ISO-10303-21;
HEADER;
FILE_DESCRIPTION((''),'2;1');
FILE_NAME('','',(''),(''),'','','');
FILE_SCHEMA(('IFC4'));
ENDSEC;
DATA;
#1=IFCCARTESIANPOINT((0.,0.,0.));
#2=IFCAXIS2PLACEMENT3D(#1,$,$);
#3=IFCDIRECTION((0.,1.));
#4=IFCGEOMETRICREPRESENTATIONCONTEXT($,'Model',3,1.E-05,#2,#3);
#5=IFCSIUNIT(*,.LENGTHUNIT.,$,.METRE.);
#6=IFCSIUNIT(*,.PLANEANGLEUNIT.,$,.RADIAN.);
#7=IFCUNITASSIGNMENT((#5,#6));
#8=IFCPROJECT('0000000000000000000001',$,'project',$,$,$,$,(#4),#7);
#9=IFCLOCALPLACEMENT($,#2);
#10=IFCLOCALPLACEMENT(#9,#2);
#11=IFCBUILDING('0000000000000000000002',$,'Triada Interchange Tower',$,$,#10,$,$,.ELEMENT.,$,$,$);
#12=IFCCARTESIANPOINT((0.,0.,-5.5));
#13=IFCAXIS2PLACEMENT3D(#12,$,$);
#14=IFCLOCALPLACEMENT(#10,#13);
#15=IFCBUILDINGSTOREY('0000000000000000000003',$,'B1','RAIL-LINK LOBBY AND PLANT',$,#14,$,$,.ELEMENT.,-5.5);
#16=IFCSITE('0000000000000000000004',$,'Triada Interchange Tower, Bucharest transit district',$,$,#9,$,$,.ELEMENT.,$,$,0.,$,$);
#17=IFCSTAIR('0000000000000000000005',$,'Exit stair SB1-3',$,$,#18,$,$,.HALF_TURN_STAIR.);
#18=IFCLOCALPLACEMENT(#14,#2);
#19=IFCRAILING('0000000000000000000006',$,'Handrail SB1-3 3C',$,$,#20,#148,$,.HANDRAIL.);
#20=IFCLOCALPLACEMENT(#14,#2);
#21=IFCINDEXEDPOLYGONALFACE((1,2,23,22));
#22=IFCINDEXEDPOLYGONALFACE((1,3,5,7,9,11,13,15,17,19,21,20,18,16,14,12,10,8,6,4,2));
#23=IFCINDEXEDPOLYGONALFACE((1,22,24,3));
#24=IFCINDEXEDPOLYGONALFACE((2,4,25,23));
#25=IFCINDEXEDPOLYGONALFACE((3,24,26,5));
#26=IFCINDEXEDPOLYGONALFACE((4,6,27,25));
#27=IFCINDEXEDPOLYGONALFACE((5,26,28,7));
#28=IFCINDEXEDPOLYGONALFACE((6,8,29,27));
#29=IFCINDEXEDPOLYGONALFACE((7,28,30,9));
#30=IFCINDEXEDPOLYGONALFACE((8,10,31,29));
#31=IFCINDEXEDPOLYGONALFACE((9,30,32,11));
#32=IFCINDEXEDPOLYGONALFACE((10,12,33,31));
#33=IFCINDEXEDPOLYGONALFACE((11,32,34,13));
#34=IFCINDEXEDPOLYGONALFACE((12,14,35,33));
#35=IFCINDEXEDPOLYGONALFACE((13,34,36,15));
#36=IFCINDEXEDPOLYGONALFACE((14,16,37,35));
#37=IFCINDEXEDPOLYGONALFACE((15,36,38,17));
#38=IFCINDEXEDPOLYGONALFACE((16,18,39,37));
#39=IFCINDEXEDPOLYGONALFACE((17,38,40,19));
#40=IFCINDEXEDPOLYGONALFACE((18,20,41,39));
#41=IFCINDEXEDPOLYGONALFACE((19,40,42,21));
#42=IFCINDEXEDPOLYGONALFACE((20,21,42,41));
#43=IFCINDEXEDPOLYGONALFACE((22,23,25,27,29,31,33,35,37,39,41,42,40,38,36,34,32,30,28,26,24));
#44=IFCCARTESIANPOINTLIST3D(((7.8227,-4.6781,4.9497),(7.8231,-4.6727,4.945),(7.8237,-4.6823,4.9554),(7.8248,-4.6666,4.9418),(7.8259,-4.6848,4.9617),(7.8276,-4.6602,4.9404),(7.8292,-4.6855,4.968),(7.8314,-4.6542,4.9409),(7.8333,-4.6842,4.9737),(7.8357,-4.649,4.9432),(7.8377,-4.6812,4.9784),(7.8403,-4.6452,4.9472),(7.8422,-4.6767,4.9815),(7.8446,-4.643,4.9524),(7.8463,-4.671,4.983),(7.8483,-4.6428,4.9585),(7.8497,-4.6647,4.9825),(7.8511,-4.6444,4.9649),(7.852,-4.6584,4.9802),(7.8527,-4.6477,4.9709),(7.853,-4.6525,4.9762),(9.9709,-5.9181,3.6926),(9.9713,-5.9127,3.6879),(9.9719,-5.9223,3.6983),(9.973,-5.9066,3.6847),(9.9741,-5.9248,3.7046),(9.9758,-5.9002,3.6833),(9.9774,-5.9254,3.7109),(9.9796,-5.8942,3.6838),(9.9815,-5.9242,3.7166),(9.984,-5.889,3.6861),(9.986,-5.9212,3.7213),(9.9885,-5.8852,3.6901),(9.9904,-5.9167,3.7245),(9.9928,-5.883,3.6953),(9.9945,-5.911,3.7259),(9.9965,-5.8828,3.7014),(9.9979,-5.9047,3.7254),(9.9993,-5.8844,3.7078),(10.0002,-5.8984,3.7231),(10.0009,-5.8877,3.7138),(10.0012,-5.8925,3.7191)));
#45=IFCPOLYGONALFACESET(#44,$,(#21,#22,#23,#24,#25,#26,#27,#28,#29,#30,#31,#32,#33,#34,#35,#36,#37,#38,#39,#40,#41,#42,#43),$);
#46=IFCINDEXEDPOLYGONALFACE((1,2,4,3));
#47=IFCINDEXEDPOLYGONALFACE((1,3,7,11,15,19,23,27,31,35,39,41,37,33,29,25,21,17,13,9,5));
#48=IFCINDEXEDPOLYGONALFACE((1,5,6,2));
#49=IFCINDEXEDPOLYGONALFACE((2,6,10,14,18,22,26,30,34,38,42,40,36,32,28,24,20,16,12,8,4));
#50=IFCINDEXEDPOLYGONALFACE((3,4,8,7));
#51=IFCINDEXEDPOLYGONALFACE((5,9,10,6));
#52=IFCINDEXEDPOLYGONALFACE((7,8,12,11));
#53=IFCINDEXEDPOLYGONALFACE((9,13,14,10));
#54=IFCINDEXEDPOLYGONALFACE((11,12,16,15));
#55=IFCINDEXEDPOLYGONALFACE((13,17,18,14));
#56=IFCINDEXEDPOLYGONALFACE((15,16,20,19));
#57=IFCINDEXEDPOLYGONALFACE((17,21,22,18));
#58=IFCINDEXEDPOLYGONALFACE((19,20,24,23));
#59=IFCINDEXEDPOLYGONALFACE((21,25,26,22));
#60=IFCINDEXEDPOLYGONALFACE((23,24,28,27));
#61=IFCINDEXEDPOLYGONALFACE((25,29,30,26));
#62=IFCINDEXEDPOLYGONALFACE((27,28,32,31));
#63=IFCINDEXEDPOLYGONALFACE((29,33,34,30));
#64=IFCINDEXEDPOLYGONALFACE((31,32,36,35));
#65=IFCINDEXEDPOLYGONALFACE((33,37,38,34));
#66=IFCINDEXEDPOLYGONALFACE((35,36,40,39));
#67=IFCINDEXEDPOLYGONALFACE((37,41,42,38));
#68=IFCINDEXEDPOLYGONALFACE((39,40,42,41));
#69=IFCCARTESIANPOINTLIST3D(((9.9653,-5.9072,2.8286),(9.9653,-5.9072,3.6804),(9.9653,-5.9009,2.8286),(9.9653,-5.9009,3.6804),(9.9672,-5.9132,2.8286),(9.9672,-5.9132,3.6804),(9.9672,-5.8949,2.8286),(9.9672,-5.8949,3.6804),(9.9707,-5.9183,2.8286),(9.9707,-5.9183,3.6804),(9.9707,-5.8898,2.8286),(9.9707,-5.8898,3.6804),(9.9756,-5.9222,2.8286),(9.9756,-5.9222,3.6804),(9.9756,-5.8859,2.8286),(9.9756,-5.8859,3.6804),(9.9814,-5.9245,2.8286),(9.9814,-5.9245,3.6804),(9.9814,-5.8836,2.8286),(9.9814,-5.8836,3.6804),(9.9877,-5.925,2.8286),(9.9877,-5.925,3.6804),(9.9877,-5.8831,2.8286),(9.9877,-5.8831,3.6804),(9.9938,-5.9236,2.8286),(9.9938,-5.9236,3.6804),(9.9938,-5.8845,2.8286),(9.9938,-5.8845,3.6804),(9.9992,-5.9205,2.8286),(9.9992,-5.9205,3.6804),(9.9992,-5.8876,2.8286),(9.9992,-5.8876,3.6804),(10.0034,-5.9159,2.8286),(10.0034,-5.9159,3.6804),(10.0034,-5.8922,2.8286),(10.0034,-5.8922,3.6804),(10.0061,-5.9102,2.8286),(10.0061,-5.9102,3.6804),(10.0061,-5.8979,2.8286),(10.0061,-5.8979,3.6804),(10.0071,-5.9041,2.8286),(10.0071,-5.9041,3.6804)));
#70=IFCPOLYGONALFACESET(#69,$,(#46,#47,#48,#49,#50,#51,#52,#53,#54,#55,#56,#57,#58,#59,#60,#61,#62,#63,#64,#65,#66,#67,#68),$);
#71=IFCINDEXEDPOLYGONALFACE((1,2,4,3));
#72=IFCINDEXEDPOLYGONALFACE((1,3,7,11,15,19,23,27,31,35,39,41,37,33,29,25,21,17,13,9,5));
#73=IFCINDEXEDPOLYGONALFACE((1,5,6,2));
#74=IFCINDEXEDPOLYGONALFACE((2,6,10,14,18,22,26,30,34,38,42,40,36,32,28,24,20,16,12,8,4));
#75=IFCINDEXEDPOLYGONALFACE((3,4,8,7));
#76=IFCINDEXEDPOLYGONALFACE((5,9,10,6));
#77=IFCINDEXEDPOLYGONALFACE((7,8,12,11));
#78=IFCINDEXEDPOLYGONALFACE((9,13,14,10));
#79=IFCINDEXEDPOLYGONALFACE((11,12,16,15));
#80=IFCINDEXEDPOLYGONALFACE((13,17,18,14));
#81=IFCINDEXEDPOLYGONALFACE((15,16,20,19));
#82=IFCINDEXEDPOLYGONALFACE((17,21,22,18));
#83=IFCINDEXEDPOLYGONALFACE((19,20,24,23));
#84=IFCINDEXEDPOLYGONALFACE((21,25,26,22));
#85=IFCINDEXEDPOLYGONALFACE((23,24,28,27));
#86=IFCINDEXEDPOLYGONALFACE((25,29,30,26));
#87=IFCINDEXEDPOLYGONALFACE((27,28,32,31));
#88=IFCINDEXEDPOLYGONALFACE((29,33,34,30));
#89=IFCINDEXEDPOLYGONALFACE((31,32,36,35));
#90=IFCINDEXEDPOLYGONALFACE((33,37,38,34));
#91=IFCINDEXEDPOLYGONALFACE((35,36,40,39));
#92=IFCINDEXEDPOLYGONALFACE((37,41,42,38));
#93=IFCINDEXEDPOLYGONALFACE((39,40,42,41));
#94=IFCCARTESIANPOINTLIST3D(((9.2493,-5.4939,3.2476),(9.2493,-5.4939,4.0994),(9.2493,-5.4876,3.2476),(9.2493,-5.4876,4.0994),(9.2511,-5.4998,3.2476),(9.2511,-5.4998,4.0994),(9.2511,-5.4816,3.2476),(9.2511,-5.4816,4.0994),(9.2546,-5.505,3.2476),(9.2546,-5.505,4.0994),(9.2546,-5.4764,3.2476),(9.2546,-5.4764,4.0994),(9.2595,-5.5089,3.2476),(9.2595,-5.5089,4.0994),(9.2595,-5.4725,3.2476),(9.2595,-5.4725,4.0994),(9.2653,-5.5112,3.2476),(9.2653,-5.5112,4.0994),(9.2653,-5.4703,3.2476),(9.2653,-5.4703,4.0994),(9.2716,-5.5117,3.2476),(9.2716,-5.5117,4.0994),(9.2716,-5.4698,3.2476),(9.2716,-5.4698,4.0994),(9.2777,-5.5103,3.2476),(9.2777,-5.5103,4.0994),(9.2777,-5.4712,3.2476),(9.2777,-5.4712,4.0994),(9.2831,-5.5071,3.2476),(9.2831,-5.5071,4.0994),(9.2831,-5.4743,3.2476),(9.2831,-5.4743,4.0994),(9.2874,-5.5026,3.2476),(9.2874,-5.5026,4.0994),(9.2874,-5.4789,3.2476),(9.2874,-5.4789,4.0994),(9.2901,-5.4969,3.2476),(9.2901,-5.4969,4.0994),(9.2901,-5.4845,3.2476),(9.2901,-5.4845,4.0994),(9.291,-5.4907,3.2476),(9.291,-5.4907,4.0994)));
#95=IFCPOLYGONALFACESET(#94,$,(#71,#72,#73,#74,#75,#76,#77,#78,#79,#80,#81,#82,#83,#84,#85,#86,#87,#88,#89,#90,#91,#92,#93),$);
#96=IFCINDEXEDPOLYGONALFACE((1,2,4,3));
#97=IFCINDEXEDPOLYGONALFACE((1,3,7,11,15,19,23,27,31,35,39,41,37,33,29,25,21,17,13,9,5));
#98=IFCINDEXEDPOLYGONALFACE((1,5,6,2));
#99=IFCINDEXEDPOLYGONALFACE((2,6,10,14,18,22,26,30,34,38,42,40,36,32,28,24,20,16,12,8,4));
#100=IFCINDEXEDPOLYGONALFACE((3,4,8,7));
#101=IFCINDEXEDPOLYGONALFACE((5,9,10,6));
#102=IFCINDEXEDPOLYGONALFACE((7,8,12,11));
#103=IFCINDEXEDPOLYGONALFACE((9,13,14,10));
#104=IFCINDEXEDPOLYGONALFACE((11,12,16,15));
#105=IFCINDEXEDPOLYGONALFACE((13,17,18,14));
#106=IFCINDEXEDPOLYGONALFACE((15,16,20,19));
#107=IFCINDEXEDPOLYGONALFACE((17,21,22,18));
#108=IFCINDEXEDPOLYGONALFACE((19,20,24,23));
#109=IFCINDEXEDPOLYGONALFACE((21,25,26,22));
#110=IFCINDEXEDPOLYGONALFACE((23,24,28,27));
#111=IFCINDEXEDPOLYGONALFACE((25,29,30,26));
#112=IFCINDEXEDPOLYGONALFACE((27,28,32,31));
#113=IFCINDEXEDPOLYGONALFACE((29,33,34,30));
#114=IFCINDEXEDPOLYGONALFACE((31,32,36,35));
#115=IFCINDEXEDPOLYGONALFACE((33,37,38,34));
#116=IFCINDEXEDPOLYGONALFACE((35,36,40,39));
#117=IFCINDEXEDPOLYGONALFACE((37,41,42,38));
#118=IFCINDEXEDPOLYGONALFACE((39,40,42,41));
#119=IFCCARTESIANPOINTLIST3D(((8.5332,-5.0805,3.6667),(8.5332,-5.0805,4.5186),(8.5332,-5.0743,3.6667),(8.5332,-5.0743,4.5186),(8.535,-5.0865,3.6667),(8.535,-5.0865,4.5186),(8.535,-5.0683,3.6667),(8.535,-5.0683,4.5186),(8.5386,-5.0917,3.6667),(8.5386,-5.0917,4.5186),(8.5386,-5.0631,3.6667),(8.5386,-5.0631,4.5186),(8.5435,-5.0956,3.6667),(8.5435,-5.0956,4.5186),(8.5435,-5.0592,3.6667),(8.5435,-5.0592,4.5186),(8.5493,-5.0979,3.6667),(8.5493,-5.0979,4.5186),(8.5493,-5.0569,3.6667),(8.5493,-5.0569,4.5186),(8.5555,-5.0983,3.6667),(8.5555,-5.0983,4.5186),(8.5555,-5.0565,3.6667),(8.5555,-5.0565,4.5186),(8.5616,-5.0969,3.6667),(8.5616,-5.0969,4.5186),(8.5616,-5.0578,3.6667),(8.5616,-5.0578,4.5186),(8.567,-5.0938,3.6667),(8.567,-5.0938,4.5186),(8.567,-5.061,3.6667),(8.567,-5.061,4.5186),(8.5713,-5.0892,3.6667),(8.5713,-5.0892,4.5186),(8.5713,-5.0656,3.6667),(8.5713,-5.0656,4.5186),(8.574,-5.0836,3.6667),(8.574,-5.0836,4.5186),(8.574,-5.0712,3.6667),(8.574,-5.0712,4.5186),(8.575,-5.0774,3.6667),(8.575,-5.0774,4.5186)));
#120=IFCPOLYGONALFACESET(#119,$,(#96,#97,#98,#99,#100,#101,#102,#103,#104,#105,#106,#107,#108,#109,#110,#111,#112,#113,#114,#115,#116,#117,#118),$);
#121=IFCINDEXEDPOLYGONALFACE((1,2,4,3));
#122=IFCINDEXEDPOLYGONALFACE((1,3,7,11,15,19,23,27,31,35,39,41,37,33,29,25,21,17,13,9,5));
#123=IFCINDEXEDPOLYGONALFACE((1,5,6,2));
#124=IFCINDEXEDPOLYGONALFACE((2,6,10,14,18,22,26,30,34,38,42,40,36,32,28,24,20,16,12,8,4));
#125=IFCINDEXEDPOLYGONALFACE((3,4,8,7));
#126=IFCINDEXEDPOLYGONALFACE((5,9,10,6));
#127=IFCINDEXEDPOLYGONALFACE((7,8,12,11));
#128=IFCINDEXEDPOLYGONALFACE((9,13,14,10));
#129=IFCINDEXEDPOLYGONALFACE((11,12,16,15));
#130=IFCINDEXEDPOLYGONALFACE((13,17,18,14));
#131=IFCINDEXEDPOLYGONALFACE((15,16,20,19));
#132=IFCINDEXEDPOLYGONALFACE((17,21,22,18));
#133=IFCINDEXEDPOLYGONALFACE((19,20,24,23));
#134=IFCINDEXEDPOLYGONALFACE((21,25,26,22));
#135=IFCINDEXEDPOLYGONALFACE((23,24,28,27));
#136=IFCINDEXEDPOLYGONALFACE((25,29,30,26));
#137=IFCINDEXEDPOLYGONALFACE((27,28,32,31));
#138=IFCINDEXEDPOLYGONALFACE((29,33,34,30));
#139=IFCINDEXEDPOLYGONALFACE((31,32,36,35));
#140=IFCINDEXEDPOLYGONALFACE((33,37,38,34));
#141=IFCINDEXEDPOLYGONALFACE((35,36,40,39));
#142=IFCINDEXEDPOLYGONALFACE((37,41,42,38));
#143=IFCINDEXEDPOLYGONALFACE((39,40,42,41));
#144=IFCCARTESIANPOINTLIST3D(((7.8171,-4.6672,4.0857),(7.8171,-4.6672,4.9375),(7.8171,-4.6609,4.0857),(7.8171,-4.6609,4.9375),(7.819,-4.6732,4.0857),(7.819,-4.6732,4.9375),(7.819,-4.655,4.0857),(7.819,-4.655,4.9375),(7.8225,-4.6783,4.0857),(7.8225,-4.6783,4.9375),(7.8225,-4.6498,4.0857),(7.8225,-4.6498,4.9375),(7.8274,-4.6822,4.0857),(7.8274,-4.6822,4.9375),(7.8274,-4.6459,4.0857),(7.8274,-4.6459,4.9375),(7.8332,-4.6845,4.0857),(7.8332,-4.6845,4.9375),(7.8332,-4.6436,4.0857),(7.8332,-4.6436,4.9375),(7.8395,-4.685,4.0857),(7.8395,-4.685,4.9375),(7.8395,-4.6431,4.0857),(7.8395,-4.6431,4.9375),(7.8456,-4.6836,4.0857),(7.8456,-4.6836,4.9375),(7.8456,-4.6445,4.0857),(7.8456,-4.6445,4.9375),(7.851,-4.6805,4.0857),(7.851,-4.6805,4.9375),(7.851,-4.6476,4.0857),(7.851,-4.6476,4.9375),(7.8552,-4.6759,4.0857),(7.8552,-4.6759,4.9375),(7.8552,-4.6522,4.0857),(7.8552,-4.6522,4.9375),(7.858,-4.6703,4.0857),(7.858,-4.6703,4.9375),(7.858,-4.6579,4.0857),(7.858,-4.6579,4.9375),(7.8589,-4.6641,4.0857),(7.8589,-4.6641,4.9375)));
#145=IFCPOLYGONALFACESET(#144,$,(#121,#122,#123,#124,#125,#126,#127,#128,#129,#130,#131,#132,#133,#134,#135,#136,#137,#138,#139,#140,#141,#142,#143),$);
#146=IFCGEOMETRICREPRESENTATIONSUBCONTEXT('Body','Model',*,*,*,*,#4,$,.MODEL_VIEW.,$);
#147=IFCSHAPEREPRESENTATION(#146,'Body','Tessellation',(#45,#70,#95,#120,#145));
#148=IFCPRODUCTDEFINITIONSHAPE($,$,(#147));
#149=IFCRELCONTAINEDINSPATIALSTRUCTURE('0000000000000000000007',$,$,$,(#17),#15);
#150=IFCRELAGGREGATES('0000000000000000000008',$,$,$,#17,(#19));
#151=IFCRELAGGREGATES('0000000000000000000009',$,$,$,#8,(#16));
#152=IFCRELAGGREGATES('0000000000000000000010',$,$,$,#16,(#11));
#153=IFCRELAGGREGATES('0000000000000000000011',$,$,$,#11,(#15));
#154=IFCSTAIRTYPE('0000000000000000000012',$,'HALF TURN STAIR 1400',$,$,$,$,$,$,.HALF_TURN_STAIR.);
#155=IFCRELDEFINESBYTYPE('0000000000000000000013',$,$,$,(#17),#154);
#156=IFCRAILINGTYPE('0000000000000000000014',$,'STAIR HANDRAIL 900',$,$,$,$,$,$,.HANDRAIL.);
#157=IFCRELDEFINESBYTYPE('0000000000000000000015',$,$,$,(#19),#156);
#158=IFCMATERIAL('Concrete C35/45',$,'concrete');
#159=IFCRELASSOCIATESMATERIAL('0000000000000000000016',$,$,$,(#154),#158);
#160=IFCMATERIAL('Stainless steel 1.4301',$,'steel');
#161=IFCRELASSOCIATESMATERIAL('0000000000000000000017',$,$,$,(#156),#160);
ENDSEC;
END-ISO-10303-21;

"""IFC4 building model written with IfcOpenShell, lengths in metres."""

from ifc_helpers import new_model, si_unit, direction, frame, origin, origin_2d, place, context, subcontext, project, spatial, circle, extrude, material, type_object, element, aggregate, save


model = new_model("IFC4")

# Units and contexts
model_context = context("Model", 3, precision=1e-05, world=origin(), true_north=direction((0.0, 1.0)))
body_context = subcontext(model_context, "Body", "Model", "MODEL_VIEW")
ifc_project = project(units=[si_unit("LENGTHUNIT", "METRE"), si_unit("PLANEANGLEUNIT", "RADIAN")], contexts=[model_context])

# Site, building, storey
site_placement = place(None, origin())
site = spatial("IfcSite", under=ifc_project, at=site_placement, Name="Triada Interchange Tower, Bucharest transit district", CompositionType="ELEMENT", RefElevation=0.0)
building_placement = place(site_placement, origin())
building = spatial("IfcBuilding", under=site, at=building_placement, Name="Triada Interchange Tower", CompositionType="ELEMENT")
storey_placement = place(building_placement, frame((0.0, 0.0, -5.5)))
storey = spatial("IfcBuildingStorey", under=building, at=storey_placement, Name="B1", Description="RAIL-LINK LOBBY AND PLANT", CompositionType="ELEMENT", Elevation=-5.5)

# Shared definitions
ifc_material_1 = material(Name="Concrete C35/45", Category="concrete")

# Shared definitions
stair_type = type_object("IfcStairType", Name="HALF TURN STAIR 1400", PredefinedType="HALF_TURN_STAIR", material=ifc_material_1)

# Stair, railing
stair_1_placement = place(storey_placement, origin())
stair_1 = element("IfcStair", 1, at=stair_1_placement, inside=storey, type_object=stair_type, Name="Exit stair SB1-3", PredefinedType="HALF_TURN_STAIR")
ifc_material_2 = material(Name="Stainless steel 1.4301", Category="steel")
railing_type_1 = type_object("IfcRailingType", Name="STAIR HANDRAIL 900", PredefinedType="HANDRAIL", material=ifc_material_2)
railing_1_placement = place(storey_placement, frame((9.9861, -5.9041, 2.8286)))
railing_1 = element("IfcRailing", 2, at=railing_1_placement, type_object=railing_type_1, Name="Handrail SB1-3 3C", PredefinedType="HANDRAIL", context=body_context, shape_type="SweptSolid", body=[
    extrude(circle(Radius=0.0239, at=origin_2d()), frame((0.0, 0.0, 0.876), z_axis=(-0.772523, 0.44592, 0.452065), x_axis=(-0.499918, -0.866072, 0.0)), (0.0, 0.0, 1.0), 2.7808),
    extrude(circle(Radius=0.021, at=origin_2d()), origin(), (0.0, 0.0, 1.0), 0.8518),
    extrude(circle(Radius=0.021, at=origin_2d()), frame((-0.7161, 0.4133, 0.4189)), (0.0, 0.0, 1.0), 0.8518),
    extrude(circle(Radius=0.021, at=origin_2d()), frame((-1.4321, 0.8267, 0.8381)), (0.0, 0.0, 1.0), 0.8518),
    extrude(circle(Radius=0.021, at=origin_2d()), frame((-2.1482, 1.24, 1.2571)), (0.0, 0.0, 1.0), 0.8518),
])
aggregate(stair_1, [railing_1])

save(model, "model.ifc")
